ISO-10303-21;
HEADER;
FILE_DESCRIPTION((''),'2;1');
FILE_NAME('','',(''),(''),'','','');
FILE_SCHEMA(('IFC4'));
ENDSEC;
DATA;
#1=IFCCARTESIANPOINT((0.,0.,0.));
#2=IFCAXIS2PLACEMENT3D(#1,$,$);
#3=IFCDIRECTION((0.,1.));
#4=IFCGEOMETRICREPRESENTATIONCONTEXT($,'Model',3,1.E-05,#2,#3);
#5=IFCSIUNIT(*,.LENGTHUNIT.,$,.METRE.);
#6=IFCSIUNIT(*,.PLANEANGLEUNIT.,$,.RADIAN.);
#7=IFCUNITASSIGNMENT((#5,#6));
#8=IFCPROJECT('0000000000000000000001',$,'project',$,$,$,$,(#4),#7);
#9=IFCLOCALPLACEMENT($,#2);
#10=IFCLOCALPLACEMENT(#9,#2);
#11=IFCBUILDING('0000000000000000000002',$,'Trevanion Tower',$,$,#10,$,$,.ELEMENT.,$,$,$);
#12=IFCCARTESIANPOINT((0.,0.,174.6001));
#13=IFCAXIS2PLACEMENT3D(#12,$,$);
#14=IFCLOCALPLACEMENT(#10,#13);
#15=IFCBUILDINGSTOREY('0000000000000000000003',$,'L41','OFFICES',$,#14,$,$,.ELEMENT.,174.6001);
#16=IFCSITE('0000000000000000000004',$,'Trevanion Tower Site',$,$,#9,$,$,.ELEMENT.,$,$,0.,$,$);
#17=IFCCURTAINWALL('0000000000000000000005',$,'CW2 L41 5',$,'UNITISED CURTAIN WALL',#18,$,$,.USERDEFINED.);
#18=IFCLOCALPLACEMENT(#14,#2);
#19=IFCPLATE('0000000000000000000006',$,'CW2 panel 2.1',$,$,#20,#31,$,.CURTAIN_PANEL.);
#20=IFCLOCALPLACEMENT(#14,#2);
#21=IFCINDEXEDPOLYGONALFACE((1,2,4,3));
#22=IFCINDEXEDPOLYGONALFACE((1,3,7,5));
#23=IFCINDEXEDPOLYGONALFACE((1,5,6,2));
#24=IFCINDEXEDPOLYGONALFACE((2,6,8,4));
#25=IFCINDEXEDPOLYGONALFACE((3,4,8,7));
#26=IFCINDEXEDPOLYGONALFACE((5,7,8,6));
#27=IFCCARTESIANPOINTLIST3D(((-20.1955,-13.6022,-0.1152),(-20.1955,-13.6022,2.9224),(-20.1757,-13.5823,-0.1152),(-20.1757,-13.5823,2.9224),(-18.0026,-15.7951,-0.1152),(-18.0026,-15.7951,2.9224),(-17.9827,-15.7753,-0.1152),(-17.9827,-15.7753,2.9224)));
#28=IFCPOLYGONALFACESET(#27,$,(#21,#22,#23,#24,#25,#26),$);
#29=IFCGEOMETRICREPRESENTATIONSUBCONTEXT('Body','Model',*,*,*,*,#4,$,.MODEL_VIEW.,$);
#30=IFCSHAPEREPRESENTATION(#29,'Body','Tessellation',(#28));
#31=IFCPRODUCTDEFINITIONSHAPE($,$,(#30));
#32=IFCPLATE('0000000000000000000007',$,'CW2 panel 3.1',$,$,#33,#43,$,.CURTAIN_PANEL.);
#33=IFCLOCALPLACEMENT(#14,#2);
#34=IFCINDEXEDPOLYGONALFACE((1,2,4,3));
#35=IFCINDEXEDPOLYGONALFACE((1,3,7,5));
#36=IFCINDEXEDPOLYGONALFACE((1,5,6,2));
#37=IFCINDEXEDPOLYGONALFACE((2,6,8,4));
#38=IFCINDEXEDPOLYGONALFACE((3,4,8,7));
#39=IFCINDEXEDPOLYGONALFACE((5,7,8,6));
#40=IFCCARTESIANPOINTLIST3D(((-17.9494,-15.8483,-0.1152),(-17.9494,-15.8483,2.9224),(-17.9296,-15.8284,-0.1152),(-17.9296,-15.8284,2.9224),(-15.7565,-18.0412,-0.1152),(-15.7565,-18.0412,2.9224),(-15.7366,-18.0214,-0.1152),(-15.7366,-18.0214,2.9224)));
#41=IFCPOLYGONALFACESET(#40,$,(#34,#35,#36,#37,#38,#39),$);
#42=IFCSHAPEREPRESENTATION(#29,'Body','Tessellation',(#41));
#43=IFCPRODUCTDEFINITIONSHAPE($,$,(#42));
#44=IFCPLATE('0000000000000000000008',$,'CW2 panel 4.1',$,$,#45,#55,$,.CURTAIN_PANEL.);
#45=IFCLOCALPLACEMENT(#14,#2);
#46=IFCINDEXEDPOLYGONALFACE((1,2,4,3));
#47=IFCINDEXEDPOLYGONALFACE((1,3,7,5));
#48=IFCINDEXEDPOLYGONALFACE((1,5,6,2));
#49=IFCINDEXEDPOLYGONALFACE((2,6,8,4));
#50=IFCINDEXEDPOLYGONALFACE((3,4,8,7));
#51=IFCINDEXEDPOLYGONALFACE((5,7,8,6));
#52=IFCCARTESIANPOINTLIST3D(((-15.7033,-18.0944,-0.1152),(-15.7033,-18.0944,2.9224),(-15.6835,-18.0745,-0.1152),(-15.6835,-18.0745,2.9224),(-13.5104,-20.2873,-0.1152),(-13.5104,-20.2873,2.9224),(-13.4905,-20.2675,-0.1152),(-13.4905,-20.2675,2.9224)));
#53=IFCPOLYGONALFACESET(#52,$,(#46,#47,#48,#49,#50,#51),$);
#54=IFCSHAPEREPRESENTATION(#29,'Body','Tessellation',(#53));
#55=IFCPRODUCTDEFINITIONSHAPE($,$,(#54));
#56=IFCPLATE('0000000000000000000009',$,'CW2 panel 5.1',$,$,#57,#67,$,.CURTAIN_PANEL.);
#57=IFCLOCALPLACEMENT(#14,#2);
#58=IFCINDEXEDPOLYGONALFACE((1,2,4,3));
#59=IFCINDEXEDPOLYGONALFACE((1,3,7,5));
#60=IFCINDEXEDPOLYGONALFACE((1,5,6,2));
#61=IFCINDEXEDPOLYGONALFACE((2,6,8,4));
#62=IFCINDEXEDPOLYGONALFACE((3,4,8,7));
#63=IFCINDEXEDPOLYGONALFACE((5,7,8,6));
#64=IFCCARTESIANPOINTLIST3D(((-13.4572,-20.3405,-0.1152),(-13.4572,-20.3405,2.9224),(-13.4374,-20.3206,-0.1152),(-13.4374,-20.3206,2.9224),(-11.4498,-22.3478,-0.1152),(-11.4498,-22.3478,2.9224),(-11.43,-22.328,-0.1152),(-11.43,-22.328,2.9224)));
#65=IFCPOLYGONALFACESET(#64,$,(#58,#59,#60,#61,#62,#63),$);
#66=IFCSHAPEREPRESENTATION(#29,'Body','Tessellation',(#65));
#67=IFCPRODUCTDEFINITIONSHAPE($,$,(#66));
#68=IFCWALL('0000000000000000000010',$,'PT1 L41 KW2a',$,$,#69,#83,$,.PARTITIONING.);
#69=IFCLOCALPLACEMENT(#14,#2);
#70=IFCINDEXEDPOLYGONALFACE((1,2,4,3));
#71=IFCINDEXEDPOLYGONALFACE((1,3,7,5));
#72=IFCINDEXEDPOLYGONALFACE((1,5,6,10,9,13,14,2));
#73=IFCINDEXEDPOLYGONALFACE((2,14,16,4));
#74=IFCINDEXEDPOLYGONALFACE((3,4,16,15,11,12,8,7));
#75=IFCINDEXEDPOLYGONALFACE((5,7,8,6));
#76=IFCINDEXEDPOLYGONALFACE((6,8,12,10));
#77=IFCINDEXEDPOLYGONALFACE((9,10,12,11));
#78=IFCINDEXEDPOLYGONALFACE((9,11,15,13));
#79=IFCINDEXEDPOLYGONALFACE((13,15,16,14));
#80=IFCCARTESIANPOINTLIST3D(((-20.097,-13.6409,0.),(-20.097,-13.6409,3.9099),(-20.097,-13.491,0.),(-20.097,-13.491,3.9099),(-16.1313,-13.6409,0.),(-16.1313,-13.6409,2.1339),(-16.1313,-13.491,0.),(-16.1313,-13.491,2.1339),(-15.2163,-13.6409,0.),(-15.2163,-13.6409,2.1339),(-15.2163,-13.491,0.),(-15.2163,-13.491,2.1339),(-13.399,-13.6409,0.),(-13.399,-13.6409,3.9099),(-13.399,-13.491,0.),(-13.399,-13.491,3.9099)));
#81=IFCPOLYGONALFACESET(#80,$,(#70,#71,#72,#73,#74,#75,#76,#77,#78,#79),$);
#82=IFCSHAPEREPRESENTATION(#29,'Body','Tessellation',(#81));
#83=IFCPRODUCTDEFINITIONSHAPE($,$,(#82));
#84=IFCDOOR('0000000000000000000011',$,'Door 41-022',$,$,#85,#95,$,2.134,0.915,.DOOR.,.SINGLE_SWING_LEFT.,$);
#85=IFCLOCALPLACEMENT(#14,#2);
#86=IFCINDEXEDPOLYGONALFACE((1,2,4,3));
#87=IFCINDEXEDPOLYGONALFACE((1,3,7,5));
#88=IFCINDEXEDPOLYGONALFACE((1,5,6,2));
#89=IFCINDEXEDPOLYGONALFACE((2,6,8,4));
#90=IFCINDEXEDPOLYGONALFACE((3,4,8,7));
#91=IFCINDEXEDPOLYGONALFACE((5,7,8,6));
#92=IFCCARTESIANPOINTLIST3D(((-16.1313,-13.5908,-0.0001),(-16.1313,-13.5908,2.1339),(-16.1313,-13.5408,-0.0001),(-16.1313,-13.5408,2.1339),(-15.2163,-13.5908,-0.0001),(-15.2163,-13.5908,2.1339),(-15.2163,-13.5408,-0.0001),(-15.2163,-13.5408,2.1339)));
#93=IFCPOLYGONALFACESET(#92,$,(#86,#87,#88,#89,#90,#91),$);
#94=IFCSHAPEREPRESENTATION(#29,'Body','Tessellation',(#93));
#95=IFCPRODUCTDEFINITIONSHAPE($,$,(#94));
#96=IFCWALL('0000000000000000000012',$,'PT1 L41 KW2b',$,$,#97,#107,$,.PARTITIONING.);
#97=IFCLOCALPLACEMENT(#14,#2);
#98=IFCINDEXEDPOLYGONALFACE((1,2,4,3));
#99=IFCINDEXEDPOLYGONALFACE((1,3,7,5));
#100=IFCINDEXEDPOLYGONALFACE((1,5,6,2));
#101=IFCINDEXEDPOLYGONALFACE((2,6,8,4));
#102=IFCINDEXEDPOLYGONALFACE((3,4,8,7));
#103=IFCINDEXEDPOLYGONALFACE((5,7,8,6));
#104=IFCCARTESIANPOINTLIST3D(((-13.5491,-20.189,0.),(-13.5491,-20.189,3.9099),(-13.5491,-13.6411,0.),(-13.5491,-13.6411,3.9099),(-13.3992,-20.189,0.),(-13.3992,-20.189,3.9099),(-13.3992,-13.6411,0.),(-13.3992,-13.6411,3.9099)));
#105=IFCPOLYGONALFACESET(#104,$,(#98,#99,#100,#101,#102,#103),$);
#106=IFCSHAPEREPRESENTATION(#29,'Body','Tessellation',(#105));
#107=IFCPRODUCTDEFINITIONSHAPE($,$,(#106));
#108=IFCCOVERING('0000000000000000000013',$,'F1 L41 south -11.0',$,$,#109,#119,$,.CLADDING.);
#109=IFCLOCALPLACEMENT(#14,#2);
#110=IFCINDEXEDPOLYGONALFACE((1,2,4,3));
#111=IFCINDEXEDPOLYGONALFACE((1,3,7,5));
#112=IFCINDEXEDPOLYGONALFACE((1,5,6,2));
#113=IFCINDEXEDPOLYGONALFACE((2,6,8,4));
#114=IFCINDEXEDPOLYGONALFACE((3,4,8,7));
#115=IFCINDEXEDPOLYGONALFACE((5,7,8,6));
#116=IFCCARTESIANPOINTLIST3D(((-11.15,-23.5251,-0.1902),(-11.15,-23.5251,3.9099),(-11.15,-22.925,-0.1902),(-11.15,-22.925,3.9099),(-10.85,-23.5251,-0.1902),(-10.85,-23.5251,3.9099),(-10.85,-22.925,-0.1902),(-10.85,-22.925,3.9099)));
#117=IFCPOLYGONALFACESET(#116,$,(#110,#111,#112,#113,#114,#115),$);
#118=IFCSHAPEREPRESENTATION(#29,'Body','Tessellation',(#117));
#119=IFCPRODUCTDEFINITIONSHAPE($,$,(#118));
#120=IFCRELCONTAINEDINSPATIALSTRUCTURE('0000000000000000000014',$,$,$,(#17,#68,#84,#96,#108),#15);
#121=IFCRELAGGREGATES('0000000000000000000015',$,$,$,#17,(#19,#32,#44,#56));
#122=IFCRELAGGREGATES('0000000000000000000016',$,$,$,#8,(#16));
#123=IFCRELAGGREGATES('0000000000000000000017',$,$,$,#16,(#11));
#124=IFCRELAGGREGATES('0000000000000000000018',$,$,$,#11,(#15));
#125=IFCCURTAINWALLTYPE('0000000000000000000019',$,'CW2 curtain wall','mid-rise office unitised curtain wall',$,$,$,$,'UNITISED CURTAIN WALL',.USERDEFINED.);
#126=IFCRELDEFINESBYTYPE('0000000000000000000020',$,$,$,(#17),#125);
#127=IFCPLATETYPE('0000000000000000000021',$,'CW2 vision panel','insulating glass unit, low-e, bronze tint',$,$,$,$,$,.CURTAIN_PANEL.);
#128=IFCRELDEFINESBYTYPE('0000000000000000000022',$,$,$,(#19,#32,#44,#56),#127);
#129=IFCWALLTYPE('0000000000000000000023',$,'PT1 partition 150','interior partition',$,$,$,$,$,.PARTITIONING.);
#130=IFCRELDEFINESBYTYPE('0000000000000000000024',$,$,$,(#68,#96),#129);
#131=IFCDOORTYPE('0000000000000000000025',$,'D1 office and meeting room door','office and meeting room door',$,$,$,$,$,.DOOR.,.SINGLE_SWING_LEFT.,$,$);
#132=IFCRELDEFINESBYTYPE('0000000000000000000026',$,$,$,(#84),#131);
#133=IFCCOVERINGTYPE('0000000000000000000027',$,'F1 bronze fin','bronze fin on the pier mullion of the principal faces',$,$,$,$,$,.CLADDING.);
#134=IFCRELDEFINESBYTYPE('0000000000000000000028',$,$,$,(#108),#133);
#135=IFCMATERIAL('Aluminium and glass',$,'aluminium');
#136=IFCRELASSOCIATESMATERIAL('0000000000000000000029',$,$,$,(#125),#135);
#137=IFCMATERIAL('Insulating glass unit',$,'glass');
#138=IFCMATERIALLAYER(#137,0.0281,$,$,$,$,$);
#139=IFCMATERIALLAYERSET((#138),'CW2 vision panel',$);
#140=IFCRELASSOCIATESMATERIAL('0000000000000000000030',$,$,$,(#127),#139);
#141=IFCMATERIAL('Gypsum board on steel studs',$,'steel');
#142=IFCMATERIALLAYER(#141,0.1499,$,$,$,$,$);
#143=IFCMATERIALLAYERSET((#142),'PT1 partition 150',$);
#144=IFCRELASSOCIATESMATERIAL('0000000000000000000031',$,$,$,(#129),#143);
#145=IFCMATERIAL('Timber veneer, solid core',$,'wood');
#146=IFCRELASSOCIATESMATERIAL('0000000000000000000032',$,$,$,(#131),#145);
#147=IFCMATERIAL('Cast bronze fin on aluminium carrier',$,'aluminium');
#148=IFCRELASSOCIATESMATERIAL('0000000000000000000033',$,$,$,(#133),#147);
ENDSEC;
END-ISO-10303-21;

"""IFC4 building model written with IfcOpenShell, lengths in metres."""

from ifc_helpers import new_model, si_unit, direction, frame, frame_2d, origin, origin_2d, place, context, subcontext, project, spatial, rectangle, extrude, material, layer, layer_set, type_object, element, fill, aggregate, save


model = new_model("IFC4")

# Units and contexts
model_context = context("Model", 3, precision=1e-05, world=origin(), true_north=direction((0.0, 1.0)))
body_context = subcontext(model_context, "Body", "Model", "MODEL_VIEW")
ifc_project = project(units=[si_unit("LENGTHUNIT", "METRE"), si_unit("PLANEANGLEUNIT", "RADIAN")], contexts=[model_context])

# Site, building, storey
site_placement = place(None, origin())
site = spatial("IfcSite", under=ifc_project, at=site_placement, Name="Trevanion Tower Site", CompositionType="ELEMENT", RefElevation=0.0)
building_placement = place(site_placement, origin())
building = spatial("IfcBuilding", under=site, at=building_placement, Name="Trevanion Tower", CompositionType="ELEMENT")
storey_placement = place(building_placement, frame((0.0, 0.0, 174.6001)))
storey = spatial("IfcBuildingStorey", under=building, at=storey_placement, Name="L41", Description="OFFICES", CompositionType="ELEMENT", Elevation=174.6001)

# Curtain wall
ifc_material_1 = material(Name="Aluminium and glass", Category="aluminium")
curtain_wall_type = type_object("IfcCurtainWallType", Name="CW2 curtain wall", Description="mid-rise office unitised curtain wall", ElementType="UNITISED CURTAIN WALL", PredefinedType="USERDEFINED", material=ifc_material_1)
curtain_wall_1_placement = place(storey_placement, origin())
curtain_wall_1 = element("IfcCurtainWall", 1, at=curtain_wall_1_placement, inside=storey, type_object=curtain_wall_type, Name="CW2 L41 5", ObjectType="UNITISED CURTAIN WALL", PredefinedType="USERDEFINED")

# Plates
ifc_material_2 = material(Name="Insulating glass unit", Category="glass")
ifc_layer_1 = layer(ifc_material_2, 0.0281)
ifc_layer_set_1 = layer_set([ifc_layer_1], Name="CW2 vision panel")
plate_type_1 = type_object("IfcPlateType", Name="CW2 vision panel", Description="insulating glass unit, low-e, bronze tint", PredefinedType="CURTAIN_PANEL", material=ifc_layer_set_1)
plate_1_placement = place(storey_placement, frame((-19.0891, -14.6887, -0.1152), z_axis=(0.0, 0.0, 1.0), x_axis=(0.707107, -0.707107, 0.0)))
plate_1 = element("IfcPlate", 2, at=plate_1_placement, type_object=plate_type_1, Name="CW2 panel 2.1", PredefinedType="CURTAIN_PANEL", context=body_context, shape_type="SweptSolid", body=[
    extrude(rectangle(XDim=3.1013, YDim=0.0281, at=origin_2d()), origin(), (0.0, 0.0, 1.0), 3.0376),
])
plate_2_placement = place(storey_placement, frame((-16.843, -16.9348, -0.1152), z_axis=(0.0, 0.0, 1.0), x_axis=(0.707107, -0.707107, 0.0)))
plate_2 = element("IfcPlate", 3, at=plate_2_placement, type_object=plate_type_1, Name="CW2 panel 3.1", PredefinedType="CURTAIN_PANEL", context=body_context, shape_type="SweptSolid", body=[
    extrude(rectangle(XDim=3.1013, YDim=0.0281, at=origin_2d()), origin(), (0.0, 0.0, 1.0), 3.0376),
])
plate_3_placement = place(storey_placement, frame((-14.5969, -19.1809, -0.1152), z_axis=(0.0, 0.0, 1.0), x_axis=(0.707107, -0.707107, 0.0)))
plate_3 = element("IfcPlate", 4, at=plate_3_placement, type_object=plate_type_1, Name="CW2 panel 4.1", PredefinedType="CURTAIN_PANEL", context=body_context, shape_type="SweptSolid", body=[
    extrude(rectangle(XDim=3.1013, YDim=0.0281, at=origin_2d()), origin(), (0.0, 0.0, 1.0), 3.0376),
])
plate_4_placement = place(storey_placement, frame((-12.4436, -21.3342, -0.1152), z_axis=(0.0, 0.0, 1.0), x_axis=(0.707107, -0.707107, 0.0)))
plate_4 = element("IfcPlate", 5, at=plate_4_placement, type_object=plate_type_1, Name="CW2 panel 5.1", PredefinedType="CURTAIN_PANEL", context=body_context, shape_type="SweptSolid", body=[
    extrude(rectangle(XDim=2.8389, YDim=0.0281, at=origin_2d()), origin(), (0.0, 0.0, 1.0), 3.0376),
])
aggregate(curtain_wall_1, [plate_1, plate_2, plate_3, plate_4])

# Wall, opening, door
ifc_material_3 = material(Name="Gypsum board on steel studs", Category="steel")
ifc_layer_2 = layer(ifc_material_3, 0.1499)
ifc_layer_set_2 = layer_set([ifc_layer_2], Name="PT1 partition 150")
wall_type = type_object("IfcWallType", Name="PT1 partition 150", Description="interior partition", PredefinedType="PARTITIONING", material=ifc_layer_set_2)
wall_1_placement = place(storey_placement, frame((-13.3989, -13.5659, 0.0), z_axis=(0.0, 0.0, 1.0), x_axis=(-1.0, 0.0, 0.0)))
wall_1 = element("IfcWall", 6, at=wall_1_placement, inside=storey, type_object=wall_type, Name="PT1 L41 KW2a", PredefinedType="PARTITIONING", context=body_context, shape_type="SweptSolid", body=[
    extrude(rectangle(XDim=6.698, YDim=0.1499, at=frame_2d((3.3491, 0.0))), origin(), (0.0, 0.0, 1.0), 3.9099),
])
opening_placement = place(wall_1_placement, frame((1.8174, 0.0, 0.0)))
opening = element("IfcOpeningElement", 7, at=opening_placement, cuts=wall_1, PredefinedType="OPENING", context=body_context, shape_type="SweptSolid", body=[
    extrude(rectangle(XDim=0.915, YDim=2.134, at=frame_2d((0.4575, 1.0669))), frame((0.0, 0.085, 0.0), z_axis=(0.0, -1.0, 0.0), x_axis=(1.0, 0.0, 0.0)), (0.0, 0.0, 1.0), 0.1699),
])
ifc_material_4 = material(Name="Timber veneer, solid core", Category="wood")
door_type = type_object("IfcDoorType", Name="D1 office and meeting room door", Description="office and meeting room door", OperationType="SINGLE_SWING_LEFT", PredefinedType="DOOR", material=ifc_material_4)
door_placement = place(opening_placement, origin())
door = element("IfcDoor", 8, at=door_placement, inside=storey, type_object=door_type, Name="Door 41-022", OperationType="SINGLE_SWING_LEFT", OverallHeight=2.134, OverallWidth=0.915, PredefinedType="DOOR", context=body_context, shape_type="SweptSolid", body=[
    extrude(rectangle(XDim=0.915, YDim=2.134, at=frame_2d((0.4575, 1.0669))), frame((0.0, 0.0249, 0.0), z_axis=(0.0, -1.0, 0.0), x_axis=(1.0, 0.0, 0.0)), (0.0, 0.0, 1.0), 0.05),
])
fill(opening, door)

# Wall
wall_2_placement = place(storey_placement, frame((-13.4741, -13.6411, 0.0), z_axis=(0.0, 0.0, 1.0), x_axis=(0.0, -1.0, 0.0)))
element("IfcWall", 9, at=wall_2_placement, inside=storey, type_object=wall_type, Name="PT1 L41 KW2b", PredefinedType="PARTITIONING", context=body_context, shape_type="SweptSolid", body=[
    extrude(rectangle(XDim=6.5479, YDim=0.1499, at=frame_2d((3.2739, 0.0))), origin(), (0.0, 0.0, 1.0), 3.9099),
])

# Covering
ifc_material_5 = material(Name="Cast bronze fin on aluminium carrier", Category="aluminium")
covering_type = type_object("IfcCoveringType", Name="F1 bronze fin", Description="bronze fin on the pier mullion of the principal faces", PredefinedType="CLADDING", material=ifc_material_5)
covering_placement = place(storey_placement, frame((-11.0, -23.2251, -0.1902), z_axis=(0.0, 0.0, 1.0), x_axis=(1.0, 0.0, 0.0)))
element("IfcCovering", 10, at=covering_placement, inside=storey, type_object=covering_type, Name="F1 L41 south -11.0", PredefinedType="CLADDING", context=body_context, shape_type="SweptSolid", body=[
    extrude(rectangle(XDim=0.3, YDim=0.6001, at=origin_2d()), origin(), (0.0, 0.0, 1.0), 4.1001),
])

save(model, "model.ifc")
